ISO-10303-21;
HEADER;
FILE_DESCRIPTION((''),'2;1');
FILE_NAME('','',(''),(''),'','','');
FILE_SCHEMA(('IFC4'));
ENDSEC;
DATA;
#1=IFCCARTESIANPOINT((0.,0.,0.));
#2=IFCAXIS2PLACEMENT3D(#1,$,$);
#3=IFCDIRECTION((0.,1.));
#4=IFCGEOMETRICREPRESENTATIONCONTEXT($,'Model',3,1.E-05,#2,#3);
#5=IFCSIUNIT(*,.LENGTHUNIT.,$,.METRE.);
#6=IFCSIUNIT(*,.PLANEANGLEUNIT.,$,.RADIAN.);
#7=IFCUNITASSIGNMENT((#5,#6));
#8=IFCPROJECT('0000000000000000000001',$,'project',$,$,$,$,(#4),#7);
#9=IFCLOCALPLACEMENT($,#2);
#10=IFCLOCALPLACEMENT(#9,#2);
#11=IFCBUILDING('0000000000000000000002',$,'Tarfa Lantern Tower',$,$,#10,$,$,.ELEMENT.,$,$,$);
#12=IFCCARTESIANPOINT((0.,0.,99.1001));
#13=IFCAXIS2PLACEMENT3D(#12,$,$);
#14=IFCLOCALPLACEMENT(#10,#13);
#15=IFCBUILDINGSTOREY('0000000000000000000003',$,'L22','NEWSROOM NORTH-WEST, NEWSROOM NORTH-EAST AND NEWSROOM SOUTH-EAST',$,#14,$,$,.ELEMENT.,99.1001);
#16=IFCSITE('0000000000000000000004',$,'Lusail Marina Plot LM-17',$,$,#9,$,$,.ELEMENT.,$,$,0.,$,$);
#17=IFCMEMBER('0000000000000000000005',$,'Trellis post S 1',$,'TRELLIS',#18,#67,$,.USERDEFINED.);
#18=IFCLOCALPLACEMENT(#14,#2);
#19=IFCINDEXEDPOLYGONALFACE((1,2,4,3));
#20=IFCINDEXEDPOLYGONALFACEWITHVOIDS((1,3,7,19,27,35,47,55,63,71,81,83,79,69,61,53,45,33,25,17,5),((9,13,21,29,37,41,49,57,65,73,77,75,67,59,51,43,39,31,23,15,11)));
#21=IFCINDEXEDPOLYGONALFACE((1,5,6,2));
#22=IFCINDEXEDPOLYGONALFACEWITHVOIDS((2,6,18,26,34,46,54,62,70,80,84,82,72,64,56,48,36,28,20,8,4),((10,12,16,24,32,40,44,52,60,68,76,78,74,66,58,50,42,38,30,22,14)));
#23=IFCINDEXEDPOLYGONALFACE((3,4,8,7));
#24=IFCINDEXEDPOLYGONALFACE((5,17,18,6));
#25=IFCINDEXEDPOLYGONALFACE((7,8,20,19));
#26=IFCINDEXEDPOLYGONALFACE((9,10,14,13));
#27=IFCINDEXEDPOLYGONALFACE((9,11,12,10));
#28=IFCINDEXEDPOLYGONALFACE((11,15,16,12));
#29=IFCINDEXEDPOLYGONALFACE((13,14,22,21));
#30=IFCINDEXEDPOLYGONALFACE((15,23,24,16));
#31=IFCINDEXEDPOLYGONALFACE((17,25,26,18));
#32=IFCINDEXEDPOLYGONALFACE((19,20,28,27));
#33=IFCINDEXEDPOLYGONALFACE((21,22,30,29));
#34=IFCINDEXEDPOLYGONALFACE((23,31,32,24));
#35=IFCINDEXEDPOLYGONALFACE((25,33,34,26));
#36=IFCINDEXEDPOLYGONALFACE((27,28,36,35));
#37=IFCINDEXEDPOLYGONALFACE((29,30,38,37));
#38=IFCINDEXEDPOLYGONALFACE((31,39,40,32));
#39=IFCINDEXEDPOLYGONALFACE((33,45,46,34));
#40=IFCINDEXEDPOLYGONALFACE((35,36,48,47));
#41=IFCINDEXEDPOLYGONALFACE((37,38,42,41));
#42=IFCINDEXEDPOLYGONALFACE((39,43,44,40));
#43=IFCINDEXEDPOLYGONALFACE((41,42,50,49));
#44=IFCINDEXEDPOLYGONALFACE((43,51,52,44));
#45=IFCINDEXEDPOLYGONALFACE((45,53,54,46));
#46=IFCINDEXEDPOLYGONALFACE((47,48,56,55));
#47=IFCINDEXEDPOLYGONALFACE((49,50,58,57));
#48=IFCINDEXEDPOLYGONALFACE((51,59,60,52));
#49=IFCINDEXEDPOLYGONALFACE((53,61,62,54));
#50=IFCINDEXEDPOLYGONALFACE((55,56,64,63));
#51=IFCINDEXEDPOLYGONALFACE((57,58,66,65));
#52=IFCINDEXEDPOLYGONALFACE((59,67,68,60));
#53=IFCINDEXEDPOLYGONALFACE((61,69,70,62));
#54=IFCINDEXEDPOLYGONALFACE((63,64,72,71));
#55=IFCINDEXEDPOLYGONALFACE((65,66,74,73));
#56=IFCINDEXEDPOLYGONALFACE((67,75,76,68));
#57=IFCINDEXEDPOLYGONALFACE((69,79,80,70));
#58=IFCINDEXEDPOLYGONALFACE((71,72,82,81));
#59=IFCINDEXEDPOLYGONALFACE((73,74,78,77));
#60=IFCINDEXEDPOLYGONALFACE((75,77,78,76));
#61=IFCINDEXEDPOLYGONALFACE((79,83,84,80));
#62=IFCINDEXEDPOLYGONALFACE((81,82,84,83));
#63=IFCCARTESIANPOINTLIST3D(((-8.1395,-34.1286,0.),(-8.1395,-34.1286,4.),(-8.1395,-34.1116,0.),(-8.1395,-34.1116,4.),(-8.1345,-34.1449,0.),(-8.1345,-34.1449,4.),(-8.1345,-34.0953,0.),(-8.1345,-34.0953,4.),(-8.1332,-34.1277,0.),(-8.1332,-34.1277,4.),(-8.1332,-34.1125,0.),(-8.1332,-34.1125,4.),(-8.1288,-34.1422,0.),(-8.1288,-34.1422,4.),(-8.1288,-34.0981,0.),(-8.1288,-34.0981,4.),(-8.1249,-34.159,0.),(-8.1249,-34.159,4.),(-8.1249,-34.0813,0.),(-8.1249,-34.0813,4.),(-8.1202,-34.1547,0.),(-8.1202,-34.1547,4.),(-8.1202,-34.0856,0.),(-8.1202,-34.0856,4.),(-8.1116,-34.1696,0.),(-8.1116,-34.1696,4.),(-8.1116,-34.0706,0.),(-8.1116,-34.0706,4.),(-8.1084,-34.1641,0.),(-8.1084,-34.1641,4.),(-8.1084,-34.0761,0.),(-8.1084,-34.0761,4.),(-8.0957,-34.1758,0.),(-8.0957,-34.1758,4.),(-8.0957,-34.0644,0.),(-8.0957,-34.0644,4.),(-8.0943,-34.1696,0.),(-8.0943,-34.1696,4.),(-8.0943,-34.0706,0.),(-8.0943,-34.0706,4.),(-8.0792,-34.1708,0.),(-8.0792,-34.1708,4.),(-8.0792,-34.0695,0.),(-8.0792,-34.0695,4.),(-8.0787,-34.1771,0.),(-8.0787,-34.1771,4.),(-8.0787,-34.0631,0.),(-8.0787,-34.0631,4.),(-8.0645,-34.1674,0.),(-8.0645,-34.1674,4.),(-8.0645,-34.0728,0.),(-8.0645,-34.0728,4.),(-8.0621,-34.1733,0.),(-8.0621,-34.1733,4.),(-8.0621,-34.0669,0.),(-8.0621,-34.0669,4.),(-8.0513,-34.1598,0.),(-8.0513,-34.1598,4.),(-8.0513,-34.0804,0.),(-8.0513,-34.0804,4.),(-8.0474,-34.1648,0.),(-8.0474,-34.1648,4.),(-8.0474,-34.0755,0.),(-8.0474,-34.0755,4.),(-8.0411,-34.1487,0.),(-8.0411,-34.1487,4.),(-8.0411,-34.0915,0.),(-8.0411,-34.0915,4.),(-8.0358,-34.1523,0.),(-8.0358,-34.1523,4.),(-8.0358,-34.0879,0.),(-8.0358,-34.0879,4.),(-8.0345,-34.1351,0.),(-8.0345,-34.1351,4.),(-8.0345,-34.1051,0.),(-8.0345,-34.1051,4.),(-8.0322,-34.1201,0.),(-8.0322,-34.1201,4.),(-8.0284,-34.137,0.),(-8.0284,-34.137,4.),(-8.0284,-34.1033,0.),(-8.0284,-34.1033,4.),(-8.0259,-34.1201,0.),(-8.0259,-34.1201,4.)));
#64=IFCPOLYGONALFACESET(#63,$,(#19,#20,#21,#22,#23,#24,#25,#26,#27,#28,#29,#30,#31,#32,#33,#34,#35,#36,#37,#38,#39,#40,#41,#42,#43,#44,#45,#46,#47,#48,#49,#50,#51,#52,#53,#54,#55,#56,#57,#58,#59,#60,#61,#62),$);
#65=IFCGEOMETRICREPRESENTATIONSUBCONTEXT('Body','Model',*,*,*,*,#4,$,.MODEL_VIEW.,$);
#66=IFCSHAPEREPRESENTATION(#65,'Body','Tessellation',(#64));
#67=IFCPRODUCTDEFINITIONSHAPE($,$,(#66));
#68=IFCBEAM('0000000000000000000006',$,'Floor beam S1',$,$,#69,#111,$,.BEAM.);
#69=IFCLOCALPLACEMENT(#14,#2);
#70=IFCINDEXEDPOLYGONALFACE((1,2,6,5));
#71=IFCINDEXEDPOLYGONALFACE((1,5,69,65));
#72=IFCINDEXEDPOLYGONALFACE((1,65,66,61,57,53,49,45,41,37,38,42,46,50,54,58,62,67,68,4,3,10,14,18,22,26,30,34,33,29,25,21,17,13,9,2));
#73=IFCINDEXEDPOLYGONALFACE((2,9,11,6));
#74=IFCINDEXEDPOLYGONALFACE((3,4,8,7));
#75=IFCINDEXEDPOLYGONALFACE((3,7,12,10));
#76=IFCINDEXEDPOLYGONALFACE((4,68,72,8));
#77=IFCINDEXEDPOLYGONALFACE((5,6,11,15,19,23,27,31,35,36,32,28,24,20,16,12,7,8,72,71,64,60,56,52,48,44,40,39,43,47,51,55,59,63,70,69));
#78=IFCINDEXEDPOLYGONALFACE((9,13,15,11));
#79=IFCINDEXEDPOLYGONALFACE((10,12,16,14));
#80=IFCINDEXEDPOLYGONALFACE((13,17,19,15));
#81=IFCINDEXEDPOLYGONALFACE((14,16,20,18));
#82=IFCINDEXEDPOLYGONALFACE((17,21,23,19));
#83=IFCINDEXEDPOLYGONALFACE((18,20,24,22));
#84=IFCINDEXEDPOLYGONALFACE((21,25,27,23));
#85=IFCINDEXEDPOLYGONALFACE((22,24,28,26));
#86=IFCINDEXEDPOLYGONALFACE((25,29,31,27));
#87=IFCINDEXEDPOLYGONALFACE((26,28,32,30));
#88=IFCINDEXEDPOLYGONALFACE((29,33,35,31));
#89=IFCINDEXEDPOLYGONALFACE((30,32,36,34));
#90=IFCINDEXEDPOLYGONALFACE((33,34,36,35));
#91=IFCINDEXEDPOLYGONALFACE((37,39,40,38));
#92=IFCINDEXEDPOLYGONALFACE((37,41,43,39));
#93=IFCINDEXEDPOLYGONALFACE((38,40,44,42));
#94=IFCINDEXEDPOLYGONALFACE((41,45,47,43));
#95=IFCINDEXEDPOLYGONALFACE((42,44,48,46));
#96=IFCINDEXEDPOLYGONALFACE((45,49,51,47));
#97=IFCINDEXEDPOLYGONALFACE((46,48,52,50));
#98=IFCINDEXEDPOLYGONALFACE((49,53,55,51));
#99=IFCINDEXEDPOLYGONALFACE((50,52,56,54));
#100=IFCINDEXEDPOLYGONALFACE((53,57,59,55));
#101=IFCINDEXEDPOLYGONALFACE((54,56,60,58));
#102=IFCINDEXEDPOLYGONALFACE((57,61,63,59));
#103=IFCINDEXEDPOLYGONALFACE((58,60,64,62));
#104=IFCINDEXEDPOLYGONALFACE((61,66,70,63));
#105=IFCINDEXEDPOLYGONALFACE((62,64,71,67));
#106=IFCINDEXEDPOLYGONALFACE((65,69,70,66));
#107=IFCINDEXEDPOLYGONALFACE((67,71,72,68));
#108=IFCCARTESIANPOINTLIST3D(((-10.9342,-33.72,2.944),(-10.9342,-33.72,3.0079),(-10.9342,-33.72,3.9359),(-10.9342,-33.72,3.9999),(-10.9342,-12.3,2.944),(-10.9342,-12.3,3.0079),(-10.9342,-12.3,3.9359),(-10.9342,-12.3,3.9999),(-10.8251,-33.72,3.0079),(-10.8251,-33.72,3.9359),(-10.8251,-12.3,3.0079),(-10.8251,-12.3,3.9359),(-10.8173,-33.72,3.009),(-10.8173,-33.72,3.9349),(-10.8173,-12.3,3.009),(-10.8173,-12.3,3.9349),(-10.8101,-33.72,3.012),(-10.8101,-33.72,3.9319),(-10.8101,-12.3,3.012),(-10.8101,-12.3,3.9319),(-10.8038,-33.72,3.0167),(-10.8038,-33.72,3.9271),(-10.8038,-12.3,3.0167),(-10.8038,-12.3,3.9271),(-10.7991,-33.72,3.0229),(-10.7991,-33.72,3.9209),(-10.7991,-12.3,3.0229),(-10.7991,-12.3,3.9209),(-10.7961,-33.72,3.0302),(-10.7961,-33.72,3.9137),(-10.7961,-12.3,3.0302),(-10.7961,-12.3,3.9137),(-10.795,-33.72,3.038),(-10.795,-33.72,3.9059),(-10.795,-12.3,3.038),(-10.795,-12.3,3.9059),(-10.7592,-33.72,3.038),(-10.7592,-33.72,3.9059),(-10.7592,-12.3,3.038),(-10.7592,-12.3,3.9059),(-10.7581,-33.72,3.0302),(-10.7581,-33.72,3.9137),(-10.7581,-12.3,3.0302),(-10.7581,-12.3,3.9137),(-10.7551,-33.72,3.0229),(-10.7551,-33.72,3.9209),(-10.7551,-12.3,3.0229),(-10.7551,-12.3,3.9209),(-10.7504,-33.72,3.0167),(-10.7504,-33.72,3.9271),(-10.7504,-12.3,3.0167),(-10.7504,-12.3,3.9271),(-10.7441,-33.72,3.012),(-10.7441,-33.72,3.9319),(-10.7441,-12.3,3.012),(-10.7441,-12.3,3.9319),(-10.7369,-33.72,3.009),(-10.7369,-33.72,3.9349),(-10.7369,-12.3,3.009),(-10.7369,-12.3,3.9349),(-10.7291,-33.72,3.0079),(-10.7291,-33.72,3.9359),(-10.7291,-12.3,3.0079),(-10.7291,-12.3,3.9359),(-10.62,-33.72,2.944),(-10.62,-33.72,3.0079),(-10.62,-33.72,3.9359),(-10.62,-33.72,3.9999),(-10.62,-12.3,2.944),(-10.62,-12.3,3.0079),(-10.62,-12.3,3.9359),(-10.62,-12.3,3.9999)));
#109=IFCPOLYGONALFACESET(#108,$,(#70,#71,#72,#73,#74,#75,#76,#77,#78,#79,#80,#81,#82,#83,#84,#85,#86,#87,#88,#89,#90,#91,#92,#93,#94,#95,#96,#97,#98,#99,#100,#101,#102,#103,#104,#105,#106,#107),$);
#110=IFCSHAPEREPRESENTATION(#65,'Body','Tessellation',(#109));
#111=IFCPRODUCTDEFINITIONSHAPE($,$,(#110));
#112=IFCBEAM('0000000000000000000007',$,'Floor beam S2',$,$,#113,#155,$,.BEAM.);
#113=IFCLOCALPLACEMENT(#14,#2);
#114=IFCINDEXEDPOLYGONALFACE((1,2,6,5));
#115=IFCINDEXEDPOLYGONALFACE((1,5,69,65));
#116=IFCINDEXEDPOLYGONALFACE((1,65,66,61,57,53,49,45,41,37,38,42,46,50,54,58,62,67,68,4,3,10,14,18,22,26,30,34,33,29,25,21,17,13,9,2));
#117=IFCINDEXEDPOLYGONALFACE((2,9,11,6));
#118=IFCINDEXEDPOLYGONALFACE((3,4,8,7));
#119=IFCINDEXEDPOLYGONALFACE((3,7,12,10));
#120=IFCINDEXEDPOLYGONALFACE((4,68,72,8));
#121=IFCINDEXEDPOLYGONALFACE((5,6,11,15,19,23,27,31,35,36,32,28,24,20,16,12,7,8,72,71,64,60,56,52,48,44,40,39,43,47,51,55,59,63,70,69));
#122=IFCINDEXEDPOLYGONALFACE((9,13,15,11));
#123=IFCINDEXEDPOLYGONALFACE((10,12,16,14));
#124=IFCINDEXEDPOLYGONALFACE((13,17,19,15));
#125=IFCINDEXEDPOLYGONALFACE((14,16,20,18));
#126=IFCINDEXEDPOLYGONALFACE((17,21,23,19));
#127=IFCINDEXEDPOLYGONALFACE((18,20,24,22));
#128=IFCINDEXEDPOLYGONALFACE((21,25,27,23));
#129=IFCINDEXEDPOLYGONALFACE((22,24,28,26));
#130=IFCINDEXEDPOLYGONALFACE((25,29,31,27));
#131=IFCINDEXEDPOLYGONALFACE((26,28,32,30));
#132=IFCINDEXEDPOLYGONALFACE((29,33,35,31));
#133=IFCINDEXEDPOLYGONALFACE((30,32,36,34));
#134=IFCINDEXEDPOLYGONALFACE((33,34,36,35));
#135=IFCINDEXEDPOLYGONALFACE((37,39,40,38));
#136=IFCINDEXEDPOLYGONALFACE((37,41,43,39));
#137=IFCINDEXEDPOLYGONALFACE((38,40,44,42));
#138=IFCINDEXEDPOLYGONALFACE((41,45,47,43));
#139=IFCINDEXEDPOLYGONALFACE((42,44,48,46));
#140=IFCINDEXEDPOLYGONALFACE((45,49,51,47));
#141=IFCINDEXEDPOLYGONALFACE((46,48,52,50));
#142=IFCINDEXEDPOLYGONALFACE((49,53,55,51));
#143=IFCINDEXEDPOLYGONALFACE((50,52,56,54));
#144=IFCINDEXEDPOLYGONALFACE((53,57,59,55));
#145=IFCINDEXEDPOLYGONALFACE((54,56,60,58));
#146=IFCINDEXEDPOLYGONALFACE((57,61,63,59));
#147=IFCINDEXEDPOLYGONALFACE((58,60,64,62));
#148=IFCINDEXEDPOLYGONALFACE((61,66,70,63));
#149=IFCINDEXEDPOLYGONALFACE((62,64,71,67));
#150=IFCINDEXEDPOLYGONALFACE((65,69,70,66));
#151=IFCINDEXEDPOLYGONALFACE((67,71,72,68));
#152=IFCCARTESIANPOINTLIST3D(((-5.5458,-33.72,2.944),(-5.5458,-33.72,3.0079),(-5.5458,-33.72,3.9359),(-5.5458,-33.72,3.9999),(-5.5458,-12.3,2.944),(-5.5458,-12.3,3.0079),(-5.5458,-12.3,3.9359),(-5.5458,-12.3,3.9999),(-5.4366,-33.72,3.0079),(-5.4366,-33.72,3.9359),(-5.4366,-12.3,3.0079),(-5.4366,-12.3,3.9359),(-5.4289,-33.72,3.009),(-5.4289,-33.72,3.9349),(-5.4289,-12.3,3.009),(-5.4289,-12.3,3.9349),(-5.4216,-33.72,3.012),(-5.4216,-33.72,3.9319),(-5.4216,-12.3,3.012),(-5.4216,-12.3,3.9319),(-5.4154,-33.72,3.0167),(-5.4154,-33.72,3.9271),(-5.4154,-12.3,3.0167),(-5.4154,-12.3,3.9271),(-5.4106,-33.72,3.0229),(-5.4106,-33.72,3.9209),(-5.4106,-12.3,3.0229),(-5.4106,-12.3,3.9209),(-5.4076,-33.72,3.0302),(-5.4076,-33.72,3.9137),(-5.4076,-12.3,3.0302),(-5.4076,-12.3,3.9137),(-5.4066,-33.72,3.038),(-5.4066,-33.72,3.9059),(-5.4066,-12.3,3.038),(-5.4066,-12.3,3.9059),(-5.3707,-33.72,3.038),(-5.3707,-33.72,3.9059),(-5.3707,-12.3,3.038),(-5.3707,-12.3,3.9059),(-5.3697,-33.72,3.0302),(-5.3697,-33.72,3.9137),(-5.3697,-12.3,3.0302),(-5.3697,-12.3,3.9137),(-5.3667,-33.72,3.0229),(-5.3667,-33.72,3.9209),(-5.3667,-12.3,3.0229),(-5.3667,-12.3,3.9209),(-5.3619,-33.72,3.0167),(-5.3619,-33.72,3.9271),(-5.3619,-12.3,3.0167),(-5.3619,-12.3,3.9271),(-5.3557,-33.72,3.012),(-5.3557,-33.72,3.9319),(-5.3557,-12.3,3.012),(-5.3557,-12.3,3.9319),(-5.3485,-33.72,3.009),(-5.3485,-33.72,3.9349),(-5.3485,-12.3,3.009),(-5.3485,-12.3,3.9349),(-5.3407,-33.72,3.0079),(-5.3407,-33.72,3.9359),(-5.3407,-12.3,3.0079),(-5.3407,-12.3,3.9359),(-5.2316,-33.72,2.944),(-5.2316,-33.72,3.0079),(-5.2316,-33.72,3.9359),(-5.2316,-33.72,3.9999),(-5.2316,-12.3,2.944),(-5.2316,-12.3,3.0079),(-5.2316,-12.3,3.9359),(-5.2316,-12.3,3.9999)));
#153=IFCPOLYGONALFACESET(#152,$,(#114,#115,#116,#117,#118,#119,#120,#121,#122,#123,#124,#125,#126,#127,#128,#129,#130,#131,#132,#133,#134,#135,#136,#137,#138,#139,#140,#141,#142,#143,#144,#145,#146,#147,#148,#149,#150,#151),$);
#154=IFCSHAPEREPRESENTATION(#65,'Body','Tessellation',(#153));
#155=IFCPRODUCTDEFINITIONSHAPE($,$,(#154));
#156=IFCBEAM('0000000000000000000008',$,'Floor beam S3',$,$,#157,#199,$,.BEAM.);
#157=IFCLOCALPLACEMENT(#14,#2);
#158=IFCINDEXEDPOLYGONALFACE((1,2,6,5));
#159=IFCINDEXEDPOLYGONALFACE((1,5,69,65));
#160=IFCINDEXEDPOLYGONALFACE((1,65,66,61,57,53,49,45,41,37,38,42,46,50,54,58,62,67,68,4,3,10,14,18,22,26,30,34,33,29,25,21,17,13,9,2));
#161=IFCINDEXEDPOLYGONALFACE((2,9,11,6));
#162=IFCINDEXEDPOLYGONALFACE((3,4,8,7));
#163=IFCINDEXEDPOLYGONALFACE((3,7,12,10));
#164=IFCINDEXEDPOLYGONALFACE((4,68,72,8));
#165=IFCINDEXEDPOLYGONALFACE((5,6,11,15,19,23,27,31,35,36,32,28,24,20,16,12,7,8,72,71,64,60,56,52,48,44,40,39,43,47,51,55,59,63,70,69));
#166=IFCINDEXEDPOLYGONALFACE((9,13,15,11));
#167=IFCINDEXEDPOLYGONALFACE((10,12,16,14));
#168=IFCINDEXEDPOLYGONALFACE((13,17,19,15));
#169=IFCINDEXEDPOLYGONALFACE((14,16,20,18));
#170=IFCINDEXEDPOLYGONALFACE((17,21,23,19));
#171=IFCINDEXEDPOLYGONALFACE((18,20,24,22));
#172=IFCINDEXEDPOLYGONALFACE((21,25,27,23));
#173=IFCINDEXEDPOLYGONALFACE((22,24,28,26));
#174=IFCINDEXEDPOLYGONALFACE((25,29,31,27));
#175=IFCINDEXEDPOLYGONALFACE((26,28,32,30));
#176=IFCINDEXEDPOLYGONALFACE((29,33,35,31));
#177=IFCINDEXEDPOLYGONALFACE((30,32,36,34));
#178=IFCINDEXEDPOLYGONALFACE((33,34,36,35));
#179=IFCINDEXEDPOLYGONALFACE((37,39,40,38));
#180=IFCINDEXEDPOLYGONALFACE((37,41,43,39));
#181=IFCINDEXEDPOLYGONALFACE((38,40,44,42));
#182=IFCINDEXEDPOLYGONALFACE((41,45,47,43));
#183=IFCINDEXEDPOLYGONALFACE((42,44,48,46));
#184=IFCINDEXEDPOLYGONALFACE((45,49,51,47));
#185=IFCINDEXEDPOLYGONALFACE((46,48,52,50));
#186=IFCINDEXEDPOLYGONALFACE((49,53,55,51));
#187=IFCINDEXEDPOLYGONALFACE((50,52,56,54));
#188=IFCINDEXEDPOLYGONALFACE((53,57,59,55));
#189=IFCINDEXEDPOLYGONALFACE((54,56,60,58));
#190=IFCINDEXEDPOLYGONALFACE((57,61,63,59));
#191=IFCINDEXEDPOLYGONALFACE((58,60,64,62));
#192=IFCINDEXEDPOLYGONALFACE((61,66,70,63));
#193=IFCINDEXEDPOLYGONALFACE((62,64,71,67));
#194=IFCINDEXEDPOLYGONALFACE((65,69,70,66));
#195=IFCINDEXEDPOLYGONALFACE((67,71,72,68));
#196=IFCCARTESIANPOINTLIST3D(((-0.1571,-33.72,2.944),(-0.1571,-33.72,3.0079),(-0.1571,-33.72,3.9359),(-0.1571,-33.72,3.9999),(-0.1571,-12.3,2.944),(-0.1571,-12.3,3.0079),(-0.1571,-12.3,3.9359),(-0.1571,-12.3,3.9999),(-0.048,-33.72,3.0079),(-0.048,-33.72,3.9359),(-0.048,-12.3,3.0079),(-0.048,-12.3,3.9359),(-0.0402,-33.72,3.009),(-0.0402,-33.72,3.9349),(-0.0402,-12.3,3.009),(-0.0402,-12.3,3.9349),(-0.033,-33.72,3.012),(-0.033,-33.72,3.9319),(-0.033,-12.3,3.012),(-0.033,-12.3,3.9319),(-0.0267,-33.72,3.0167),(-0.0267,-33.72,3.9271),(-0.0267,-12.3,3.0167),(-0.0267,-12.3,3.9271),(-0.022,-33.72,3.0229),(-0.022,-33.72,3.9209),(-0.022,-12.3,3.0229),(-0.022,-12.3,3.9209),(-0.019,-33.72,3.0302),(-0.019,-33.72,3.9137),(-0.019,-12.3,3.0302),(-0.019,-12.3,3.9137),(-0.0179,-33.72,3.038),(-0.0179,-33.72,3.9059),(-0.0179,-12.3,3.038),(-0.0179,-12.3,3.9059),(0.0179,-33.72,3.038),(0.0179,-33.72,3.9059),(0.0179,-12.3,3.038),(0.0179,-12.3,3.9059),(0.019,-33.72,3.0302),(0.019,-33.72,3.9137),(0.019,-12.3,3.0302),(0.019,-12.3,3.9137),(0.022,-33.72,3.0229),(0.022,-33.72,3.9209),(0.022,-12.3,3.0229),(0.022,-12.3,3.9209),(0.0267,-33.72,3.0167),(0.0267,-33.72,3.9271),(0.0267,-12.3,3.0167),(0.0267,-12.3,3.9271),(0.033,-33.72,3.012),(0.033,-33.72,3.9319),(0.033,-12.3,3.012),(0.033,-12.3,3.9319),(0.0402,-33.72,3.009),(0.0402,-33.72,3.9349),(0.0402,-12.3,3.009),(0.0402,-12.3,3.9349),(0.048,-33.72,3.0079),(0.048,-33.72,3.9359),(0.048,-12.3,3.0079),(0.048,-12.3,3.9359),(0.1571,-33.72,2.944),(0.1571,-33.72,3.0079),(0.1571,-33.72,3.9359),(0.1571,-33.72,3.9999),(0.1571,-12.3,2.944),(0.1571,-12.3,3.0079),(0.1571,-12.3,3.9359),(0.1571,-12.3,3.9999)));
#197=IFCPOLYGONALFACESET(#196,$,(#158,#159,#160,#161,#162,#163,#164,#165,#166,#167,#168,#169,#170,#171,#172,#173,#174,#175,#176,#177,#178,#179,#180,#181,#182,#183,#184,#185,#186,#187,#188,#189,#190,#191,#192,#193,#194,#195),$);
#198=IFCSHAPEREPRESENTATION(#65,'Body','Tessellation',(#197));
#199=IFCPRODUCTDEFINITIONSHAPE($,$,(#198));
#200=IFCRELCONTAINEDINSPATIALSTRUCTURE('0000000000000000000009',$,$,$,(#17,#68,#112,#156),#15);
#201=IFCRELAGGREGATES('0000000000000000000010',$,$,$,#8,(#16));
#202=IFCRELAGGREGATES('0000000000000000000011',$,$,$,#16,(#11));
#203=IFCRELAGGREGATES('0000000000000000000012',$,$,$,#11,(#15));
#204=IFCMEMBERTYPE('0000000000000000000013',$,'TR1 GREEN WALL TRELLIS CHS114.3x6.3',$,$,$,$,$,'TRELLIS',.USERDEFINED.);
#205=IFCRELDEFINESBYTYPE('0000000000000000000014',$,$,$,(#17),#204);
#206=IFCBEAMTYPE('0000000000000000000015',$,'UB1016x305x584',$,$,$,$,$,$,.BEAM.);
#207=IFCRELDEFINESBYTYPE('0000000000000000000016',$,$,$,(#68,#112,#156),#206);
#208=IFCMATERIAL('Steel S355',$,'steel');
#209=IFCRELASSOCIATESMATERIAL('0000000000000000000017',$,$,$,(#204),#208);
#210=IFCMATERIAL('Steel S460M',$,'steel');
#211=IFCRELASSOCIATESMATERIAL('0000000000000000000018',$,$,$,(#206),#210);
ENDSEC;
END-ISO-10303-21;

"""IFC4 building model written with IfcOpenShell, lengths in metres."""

from ifc_helpers import new_model, si_unit, direction, frame, origin, origin_2d, place, context, subcontext, project, spatial, hollow_circle, i_section, extrude, material, material_profile, profile_set, type_object, element, save


model = new_model("IFC4")

# Units and contexts
model_context = context("Model", 3, precision=1e-05, world=origin(), true_north=direction((0.0, 1.0)))
body_context = subcontext(model_context, "Body", "Model", "MODEL_VIEW")
ifc_project = project(units=[si_unit("LENGTHUNIT", "METRE"), si_unit("PLANEANGLEUNIT", "RADIAN")], contexts=[model_context])

# Site, building, storey
site_placement = place(None, origin())
site = spatial("IfcSite", under=ifc_project, at=site_placement, Name="Lusail Marina Plot LM-17", CompositionType="ELEMENT", RefElevation=0.0)
building_placement = place(site_placement, origin())
building = spatial("IfcBuilding", under=site, at=building_placement, Name="Tarfa Lantern Tower", CompositionType="ELEMENT")
storey_placement = place(building_placement, frame((0.0, 0.0, 99.1001)))
storey = spatial("IfcBuildingStorey", under=building, at=storey_placement, Name="L22", Description="NEWSROOM NORTH-WEST, NEWSROOM NORTH-EAST AND NEWSROOM SOUTH-EAST", CompositionType="ELEMENT", Elevation=99.1001)

# Member
ifc_material_1 = material(Name="Steel S355", Category="steel")
ifc_material_profile_1 = material_profile(ifc_material_1, hollow_circle(Radius=0.0571, WallThickness=0.0063, at=origin_2d()), Name="CHS114.3x6.3")
ifc_profile_set_1 = profile_set([ifc_material_profile_1], Name="Steel S355")
member_type_1 = type_object("IfcMemberType", Name="TR1 GREEN WALL TRELLIS CHS114.3x6.3", ElementType="TRELLIS", PredefinedType="USERDEFINED", material=ifc_profile_set_1)
member_1_placement = place(storey_placement, frame((-8.083, -34.1201, 0.0), z_axis=(0.0, 0.0, 1.0), x_axis=(1.0, 0.0, 0.0)))
element("IfcMember", 1, at=member_1_placement, inside=storey, type_object=member_type_1, Name="Trellis post S 1", ObjectType="TRELLIS", PredefinedType="USERDEFINED", context=body_context, shape_type="SweptSolid", body=[
    extrude(hollow_circle(Radius=0.0571, WallThickness=0.0063, at=origin_2d()), origin(), (0.0, 0.0, 1.0), 4.0),
])

# Beams
ifc_material_2 = material(Name="Steel S460M", Category="steel")
ifc_material_profile_2 = material_profile(ifc_material_2, i_section(OverallWidth=0.3142, OverallDepth=1.0559, WebThickness=0.0359, FlangeThickness=0.064, FilletRadius=0.03, at=origin_2d()), Name="UB1016x305x584")
ifc_profile_set_2 = profile_set([ifc_material_profile_2], Name="Steel S460M")
beam_type_1 = type_object("IfcBeamType", Name="UB1016x305x584", PredefinedType="BEAM", material=ifc_profile_set_2)
for number, where, z_axis, x_axis, name in (
    (2, (-10.7771, -33.72, 3.4719), (0.0, 1.0, 0.0), (-1.0, 0.0, 0.0), "Floor beam S1"),
    (3, (-5.3887, -33.72, 3.4719), (0.0, 1.0, 0.0), (-1.0, 0.0, 0.0), "Floor beam S2"),
    (4, (0.0, -33.72, 3.4719), (0.0, 1.0, 0.0), (-1.0, 0.0, 0.0), "Floor beam S3"),
):
    element("IfcBeam", number, at=place(storey_placement, frame(where, z_axis=z_axis, x_axis=x_axis)), inside=storey, type_object=beam_type_1, Name=name, PredefinedType="BEAM", context=body_context, shape_type="SweptSolid", body=[
        extrude(i_section(OverallWidth=0.3142, OverallDepth=1.0559, WebThickness=0.0359, FlangeThickness=0.064, FilletRadius=0.03, at=origin_2d()), origin(), (0.0, 0.0, 1.0), 21.4199),
    ])

save(model, "model.ifc")
